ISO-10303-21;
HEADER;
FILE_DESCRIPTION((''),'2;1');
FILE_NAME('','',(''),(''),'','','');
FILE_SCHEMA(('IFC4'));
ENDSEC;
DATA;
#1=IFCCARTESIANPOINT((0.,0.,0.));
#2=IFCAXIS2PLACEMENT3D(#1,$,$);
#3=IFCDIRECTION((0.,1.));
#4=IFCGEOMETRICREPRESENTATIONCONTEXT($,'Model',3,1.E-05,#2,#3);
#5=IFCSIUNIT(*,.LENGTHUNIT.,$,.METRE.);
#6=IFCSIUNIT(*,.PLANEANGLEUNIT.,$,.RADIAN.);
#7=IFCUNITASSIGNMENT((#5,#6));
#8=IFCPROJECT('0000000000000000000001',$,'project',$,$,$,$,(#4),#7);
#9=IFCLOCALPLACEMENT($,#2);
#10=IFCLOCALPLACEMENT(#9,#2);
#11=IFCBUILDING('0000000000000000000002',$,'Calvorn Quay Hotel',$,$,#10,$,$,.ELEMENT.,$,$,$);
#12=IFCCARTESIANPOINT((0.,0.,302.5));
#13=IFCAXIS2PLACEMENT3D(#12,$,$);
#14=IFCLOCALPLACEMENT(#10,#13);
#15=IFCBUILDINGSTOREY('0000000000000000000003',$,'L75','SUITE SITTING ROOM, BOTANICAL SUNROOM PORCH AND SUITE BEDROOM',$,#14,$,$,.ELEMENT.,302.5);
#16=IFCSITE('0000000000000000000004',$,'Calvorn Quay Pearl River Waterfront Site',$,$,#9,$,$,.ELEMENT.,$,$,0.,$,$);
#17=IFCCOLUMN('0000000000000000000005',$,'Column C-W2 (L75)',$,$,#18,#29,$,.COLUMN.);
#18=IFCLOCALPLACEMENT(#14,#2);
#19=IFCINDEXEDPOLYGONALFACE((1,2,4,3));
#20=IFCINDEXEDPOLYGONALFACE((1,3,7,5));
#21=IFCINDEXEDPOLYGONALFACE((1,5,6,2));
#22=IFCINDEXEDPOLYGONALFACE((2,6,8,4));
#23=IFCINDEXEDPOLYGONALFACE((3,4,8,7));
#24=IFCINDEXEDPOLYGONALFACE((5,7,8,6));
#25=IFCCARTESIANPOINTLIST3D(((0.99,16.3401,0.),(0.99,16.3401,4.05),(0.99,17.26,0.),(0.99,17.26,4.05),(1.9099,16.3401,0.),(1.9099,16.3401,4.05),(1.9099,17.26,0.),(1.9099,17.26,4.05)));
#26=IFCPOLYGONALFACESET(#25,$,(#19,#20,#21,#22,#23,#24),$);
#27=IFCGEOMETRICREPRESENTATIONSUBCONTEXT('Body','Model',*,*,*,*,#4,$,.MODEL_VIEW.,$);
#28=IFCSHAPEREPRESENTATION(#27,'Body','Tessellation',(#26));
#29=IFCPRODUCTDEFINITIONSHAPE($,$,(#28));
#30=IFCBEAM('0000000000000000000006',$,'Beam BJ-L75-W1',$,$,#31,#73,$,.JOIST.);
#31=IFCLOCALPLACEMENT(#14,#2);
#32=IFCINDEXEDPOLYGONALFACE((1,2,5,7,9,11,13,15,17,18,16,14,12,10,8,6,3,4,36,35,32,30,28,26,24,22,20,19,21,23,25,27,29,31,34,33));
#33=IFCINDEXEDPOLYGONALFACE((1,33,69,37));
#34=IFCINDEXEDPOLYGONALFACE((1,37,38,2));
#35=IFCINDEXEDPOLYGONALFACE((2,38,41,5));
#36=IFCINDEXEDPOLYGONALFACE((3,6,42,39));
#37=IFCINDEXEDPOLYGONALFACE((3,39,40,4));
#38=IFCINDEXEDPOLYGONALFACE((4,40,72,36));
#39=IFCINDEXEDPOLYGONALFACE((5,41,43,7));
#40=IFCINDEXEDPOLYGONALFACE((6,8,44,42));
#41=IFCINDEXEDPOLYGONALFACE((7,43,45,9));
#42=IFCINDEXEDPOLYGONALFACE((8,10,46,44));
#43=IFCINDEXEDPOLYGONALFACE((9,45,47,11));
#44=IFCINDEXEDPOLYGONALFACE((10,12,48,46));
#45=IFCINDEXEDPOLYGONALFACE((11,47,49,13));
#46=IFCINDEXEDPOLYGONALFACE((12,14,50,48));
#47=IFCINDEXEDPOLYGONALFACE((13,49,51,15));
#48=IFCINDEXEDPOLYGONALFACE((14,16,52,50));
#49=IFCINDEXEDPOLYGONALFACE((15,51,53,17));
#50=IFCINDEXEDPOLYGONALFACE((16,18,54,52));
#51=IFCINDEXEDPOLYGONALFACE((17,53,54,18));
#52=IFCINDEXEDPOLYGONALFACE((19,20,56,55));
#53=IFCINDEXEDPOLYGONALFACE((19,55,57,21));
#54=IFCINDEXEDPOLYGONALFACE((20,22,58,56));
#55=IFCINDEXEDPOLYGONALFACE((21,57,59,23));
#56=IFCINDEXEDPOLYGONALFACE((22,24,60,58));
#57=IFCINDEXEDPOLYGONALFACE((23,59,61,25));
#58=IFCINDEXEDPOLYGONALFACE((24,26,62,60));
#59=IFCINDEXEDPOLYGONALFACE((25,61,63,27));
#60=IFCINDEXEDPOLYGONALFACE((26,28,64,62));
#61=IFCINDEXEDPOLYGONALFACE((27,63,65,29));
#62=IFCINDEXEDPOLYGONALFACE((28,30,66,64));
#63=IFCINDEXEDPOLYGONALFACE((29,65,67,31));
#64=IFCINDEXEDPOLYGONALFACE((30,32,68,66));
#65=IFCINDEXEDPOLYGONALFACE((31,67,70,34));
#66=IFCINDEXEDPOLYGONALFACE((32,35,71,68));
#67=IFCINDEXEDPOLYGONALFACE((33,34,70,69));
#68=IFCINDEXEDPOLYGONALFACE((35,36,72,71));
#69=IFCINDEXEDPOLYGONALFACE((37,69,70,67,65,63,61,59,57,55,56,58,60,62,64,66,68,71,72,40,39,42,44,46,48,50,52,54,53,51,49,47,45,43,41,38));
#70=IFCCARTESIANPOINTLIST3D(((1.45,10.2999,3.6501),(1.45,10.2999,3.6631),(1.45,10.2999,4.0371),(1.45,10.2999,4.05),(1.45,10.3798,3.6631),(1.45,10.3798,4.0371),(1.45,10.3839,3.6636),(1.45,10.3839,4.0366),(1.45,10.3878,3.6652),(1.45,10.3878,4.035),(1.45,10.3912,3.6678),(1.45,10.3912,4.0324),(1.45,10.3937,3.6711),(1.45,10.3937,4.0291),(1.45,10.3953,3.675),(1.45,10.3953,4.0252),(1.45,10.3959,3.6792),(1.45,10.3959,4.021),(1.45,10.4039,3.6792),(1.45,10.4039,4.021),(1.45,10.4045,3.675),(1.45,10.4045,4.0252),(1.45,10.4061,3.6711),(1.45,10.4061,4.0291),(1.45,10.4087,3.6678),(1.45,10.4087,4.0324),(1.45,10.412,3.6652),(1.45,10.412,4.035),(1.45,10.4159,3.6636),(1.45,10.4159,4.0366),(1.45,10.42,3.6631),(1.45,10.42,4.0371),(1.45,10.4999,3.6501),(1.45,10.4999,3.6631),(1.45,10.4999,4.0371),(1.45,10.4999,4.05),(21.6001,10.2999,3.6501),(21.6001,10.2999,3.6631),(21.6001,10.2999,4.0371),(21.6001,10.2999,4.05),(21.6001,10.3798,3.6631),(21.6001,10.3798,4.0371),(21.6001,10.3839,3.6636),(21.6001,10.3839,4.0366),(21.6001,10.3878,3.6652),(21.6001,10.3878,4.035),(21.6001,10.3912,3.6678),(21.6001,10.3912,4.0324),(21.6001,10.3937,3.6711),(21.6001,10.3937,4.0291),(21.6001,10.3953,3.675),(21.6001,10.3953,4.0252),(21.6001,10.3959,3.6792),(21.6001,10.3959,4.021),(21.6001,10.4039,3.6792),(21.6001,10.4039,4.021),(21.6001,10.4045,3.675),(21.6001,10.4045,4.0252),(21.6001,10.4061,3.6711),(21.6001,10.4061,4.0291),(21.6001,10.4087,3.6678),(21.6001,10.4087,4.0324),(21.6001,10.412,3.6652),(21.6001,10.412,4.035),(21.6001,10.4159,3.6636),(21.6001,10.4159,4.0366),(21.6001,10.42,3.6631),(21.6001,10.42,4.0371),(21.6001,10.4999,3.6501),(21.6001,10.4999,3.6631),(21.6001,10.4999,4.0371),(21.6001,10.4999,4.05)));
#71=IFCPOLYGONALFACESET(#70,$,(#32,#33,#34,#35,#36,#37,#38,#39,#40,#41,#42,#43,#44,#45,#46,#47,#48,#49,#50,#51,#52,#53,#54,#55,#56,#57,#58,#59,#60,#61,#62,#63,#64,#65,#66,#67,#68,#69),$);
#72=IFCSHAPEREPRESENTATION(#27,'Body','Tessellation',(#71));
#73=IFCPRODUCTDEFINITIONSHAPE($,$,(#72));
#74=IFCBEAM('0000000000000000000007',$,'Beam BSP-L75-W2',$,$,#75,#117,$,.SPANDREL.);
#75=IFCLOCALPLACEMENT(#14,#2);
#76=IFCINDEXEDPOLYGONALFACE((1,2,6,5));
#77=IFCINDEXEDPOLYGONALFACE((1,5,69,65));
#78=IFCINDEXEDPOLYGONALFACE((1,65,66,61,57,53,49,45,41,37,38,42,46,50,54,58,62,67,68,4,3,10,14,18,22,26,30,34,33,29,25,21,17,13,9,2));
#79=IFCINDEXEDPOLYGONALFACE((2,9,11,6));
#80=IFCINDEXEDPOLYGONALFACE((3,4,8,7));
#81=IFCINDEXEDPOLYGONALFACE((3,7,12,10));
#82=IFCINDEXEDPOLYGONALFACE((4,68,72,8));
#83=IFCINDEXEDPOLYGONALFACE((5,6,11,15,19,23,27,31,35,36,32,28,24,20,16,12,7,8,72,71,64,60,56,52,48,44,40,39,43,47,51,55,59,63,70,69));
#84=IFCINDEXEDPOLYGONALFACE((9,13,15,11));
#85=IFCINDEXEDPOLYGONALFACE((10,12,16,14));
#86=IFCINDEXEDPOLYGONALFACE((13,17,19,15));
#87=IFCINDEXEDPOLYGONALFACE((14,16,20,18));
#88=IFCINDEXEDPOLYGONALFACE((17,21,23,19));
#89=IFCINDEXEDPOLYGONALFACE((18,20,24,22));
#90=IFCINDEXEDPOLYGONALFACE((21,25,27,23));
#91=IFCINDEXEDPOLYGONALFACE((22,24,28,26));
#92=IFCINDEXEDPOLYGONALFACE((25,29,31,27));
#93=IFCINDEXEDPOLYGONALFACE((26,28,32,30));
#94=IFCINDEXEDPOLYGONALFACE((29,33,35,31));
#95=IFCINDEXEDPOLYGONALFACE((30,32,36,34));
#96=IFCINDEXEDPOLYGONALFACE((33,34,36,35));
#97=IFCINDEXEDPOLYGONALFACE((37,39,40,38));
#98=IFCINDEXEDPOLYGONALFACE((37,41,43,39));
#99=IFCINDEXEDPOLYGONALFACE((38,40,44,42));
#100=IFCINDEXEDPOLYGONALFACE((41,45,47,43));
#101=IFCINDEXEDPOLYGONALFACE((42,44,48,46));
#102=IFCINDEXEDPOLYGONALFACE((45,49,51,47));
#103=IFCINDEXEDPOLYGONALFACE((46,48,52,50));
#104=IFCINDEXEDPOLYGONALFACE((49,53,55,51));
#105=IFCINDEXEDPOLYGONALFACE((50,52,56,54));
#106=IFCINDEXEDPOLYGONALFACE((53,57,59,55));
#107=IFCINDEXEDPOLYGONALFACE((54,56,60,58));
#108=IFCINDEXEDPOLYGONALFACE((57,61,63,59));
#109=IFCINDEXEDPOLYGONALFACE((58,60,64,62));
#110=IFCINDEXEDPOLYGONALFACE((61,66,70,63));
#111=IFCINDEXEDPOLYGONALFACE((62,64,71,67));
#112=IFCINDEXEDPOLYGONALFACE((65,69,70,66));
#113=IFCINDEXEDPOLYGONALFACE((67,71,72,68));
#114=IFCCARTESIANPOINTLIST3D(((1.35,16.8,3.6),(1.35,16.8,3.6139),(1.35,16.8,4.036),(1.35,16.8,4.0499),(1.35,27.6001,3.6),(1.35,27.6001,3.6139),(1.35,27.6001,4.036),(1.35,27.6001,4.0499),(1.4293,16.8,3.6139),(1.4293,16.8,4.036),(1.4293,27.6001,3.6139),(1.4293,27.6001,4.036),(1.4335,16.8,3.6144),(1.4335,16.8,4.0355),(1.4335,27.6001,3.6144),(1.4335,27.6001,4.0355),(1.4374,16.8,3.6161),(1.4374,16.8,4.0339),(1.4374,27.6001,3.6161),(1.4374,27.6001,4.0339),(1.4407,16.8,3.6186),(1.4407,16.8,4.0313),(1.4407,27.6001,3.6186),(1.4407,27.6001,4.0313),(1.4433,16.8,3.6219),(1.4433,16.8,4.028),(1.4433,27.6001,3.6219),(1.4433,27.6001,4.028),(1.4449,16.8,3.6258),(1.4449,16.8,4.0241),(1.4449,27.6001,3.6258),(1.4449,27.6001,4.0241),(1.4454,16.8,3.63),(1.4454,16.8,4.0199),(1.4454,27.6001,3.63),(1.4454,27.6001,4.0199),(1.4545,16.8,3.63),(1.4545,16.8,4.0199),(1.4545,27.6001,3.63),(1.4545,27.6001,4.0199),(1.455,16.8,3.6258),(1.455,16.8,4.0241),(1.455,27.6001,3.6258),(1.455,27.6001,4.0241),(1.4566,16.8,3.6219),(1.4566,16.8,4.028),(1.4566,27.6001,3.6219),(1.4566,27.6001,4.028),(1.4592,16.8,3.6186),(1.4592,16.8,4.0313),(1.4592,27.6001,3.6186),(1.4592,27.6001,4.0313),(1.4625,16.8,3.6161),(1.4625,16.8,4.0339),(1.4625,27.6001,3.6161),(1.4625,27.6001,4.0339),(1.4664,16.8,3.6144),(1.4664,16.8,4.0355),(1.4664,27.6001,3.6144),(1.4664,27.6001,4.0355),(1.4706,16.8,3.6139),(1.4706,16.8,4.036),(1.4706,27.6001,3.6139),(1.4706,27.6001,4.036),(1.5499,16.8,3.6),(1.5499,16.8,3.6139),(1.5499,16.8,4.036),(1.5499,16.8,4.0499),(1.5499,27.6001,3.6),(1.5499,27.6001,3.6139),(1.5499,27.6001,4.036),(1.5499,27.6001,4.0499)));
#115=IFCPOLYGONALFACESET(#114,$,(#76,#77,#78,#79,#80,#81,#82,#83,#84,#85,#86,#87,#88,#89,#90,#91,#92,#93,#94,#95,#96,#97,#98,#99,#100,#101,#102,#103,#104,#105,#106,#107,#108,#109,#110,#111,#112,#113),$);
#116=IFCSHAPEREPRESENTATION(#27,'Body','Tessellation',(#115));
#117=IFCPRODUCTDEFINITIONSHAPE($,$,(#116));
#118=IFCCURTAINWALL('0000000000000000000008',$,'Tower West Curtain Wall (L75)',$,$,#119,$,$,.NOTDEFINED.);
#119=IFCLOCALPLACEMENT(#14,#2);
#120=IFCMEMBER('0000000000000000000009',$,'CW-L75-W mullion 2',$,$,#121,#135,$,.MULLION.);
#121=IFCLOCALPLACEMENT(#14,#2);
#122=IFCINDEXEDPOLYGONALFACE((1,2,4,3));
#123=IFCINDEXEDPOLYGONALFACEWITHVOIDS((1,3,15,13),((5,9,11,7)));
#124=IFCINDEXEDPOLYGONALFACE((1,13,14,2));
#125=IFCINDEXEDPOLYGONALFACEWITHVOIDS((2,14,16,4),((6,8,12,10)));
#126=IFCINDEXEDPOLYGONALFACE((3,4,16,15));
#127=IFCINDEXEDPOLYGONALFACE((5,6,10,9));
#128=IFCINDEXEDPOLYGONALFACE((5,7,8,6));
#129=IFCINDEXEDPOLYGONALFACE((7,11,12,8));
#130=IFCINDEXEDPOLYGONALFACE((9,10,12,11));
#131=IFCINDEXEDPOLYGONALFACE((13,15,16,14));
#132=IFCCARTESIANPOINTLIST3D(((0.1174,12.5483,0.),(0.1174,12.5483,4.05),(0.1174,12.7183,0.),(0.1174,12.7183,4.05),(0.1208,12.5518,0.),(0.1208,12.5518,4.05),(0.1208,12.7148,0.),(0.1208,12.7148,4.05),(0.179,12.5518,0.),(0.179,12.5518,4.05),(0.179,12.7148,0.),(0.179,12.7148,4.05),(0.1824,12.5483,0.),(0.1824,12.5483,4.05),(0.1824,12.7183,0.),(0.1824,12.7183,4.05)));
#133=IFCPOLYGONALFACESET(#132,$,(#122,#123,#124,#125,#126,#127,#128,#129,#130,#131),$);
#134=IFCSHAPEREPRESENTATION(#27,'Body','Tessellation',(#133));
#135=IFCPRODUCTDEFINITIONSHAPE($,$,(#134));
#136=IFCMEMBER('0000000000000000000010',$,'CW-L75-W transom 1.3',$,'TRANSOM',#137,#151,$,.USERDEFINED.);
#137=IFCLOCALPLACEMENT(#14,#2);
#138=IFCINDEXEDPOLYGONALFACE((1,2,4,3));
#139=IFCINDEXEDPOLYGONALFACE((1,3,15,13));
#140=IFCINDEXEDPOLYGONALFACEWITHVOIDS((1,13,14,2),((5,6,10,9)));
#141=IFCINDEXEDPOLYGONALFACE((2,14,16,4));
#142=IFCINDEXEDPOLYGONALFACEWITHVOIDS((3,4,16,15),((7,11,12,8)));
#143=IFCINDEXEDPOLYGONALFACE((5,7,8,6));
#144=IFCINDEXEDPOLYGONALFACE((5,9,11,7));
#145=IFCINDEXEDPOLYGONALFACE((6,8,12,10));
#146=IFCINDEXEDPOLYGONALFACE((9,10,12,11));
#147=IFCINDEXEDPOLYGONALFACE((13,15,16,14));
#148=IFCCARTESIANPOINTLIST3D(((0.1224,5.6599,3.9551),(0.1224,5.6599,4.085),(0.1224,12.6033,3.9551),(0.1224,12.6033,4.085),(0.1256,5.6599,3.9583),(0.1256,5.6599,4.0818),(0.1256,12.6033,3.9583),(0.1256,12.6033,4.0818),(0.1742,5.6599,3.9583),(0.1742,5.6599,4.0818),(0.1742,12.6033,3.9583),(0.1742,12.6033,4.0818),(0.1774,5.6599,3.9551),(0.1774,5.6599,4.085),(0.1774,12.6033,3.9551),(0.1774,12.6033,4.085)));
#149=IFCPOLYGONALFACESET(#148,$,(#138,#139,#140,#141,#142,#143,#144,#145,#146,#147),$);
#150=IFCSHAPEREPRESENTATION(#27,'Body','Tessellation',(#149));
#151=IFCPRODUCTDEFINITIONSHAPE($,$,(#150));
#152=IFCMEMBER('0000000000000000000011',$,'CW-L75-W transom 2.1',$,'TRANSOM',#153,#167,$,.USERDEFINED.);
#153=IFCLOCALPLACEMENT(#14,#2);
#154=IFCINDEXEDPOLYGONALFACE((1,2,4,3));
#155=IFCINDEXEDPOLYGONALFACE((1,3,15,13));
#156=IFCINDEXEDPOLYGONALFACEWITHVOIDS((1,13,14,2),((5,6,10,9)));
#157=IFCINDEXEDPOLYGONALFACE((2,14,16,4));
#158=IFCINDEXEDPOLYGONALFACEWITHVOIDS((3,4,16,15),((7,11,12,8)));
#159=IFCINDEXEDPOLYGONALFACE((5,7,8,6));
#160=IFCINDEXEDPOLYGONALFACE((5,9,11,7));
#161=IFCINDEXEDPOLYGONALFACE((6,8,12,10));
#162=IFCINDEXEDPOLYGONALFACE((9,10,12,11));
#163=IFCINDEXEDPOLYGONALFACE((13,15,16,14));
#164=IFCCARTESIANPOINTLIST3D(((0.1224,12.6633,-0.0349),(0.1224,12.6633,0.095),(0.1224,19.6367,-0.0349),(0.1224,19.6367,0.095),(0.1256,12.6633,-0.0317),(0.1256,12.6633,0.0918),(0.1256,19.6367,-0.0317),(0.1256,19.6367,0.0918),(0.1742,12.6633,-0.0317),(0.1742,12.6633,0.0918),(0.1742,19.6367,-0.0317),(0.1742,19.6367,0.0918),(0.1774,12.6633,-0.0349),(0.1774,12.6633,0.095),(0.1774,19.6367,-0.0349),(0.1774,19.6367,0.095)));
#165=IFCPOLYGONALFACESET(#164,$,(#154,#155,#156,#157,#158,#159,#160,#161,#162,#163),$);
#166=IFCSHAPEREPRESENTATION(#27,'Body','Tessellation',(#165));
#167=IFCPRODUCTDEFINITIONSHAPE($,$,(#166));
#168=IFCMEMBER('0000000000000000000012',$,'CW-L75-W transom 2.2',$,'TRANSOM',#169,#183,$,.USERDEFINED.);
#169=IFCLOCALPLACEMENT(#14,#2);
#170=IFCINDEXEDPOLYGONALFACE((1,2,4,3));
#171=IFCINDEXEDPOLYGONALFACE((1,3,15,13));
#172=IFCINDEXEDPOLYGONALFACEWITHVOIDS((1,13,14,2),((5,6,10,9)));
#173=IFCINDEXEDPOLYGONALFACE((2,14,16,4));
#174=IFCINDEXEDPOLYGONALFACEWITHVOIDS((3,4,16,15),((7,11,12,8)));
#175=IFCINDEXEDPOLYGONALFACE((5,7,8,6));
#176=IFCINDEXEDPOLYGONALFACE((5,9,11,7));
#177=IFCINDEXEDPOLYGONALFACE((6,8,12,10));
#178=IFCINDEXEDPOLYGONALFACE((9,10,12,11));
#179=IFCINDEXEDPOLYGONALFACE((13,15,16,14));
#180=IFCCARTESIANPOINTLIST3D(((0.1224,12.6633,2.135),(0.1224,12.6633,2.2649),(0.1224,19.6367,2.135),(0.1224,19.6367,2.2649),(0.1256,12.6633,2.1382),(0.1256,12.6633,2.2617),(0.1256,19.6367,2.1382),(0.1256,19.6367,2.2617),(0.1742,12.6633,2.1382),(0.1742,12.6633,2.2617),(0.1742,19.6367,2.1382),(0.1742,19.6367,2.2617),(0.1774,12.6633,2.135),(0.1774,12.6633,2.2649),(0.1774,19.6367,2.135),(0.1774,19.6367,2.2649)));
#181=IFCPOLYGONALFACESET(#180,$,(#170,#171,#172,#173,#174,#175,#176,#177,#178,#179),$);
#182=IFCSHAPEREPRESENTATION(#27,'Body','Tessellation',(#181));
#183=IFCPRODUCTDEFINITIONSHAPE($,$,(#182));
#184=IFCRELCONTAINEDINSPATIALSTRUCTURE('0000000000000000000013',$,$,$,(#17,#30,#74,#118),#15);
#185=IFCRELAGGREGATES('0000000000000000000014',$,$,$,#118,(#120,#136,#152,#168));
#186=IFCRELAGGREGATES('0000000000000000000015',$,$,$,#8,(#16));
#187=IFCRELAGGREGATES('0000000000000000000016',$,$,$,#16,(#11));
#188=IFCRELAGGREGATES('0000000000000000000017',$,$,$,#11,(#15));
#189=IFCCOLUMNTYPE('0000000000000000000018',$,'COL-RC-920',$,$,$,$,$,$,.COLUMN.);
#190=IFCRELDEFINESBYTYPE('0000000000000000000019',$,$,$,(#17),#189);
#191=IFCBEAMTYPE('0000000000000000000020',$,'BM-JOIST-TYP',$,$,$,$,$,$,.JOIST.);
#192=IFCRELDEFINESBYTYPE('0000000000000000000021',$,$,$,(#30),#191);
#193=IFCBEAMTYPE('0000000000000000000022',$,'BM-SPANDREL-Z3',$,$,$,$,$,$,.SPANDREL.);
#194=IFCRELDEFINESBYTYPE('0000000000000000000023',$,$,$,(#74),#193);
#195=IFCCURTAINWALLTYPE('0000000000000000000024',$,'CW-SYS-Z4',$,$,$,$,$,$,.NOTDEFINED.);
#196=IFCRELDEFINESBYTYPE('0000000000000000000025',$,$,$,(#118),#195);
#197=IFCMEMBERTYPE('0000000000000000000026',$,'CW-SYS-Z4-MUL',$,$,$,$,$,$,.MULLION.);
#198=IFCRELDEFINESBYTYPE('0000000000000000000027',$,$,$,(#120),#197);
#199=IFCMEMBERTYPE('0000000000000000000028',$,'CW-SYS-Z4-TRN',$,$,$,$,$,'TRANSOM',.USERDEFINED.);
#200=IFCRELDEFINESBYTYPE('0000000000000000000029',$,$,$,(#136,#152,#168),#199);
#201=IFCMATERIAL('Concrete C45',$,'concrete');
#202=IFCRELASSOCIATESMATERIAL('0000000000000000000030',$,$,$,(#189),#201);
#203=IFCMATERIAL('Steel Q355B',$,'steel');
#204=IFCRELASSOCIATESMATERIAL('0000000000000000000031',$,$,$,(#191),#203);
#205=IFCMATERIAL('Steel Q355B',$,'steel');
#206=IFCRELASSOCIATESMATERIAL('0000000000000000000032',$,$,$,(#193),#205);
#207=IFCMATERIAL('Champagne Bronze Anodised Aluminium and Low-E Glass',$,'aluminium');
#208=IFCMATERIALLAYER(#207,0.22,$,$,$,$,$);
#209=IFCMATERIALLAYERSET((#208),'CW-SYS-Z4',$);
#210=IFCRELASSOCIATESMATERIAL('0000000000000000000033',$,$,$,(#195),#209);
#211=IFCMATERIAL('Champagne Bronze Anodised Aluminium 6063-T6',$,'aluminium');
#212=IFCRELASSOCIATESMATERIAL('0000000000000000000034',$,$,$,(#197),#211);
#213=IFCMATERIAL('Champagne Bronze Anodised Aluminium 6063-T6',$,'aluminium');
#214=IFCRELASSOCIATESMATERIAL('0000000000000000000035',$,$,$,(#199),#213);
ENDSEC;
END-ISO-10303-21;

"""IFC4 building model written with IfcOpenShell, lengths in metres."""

from ifc_helpers import new_model, si_unit, direction, frame, origin, origin_2d, place, context, subcontext, project, spatial, rectangle, hollow_rectangle, i_section, extrude, material, layer, layer_set, material_profile, profile_set, type_object, element, aggregate, save


model = new_model("IFC4")

# Units and contexts
model_context = context("Model", 3, precision=1e-05, world=origin(), true_north=direction((0.0, 1.0)))
body_context = subcontext(model_context, "Body", "Model", "MODEL_VIEW")
ifc_project = project(units=[si_unit("LENGTHUNIT", "METRE"), si_unit("PLANEANGLEUNIT", "RADIAN")], contexts=[model_context])

# Site, building, storey
site_placement = place(None, origin())
site = spatial("IfcSite", under=ifc_project, at=site_placement, Name="Calvorn Quay Pearl River Waterfront Site", CompositionType="ELEMENT", RefElevation=0.0)
building_placement = place(site_placement, origin())
building = spatial("IfcBuilding", under=site, at=building_placement, Name="Calvorn Quay Hotel", CompositionType="ELEMENT")
storey_placement = place(building_placement, frame((0.0, 0.0, 302.5)))
storey = spatial("IfcBuildingStorey", under=building, at=storey_placement, Name="L75", Description="SUITE SITTING ROOM, BOTANICAL SUNROOM PORCH AND SUITE BEDROOM", CompositionType="ELEMENT", Elevation=302.5)

# Column
ifc_material_1 = material(Name="Concrete C45", Category="concrete")
ifc_material_profile_1 = material_profile(ifc_material_1, rectangle(XDim=0.9199, YDim=0.9199, at=origin_2d()), Name="RC920x920")
ifc_profile_set_1 = profile_set([ifc_material_profile_1], Name="Concrete C45")
column_type = type_object("IfcColumnType", Name="COL-RC-920", PredefinedType="COLUMN", material=ifc_profile_set_1)
column_placement = place(storey_placement, frame((1.45, 16.8, 0.0), z_axis=(0.0, 0.0, 1.0), x_axis=(1.0, 0.0, 0.0)))
element("IfcColumn", 1, at=column_placement, inside=storey, type_object=column_type, Name="Column C-W2 (L75)", PredefinedType="COLUMN", context=body_context, shape_type="SweptSolid", body=[
    extrude(rectangle(XDim=0.9199, YDim=0.9199, at=origin_2d()), origin(), (0.0, 0.0, 1.0), 4.05),
])

# Beams
ifc_material_2 = material(Name="Steel Q355B", Category="steel")
ifc_material_profile_2 = material_profile(ifc_material_2, i_section(OverallWidth=0.2, OverallDepth=0.3999, WebThickness=0.0081, FlangeThickness=0.0129, FilletRadius=0.0161, at=origin_2d()), Name="HN400x200x8x13")
ifc_profile_set_2 = profile_set([ifc_material_profile_2], Name="Steel Q355B")
beam_type_1 = type_object("IfcBeamType", Name="BM-JOIST-TYP", PredefinedType="JOIST", material=ifc_profile_set_2)
beam_1_placement = place(storey_placement, frame((1.45, 10.3999, 3.8501), z_axis=(1.0, 0.0, 0.0), x_axis=(0.0, 1.0, 0.0)))
element("IfcBeam", 2, at=beam_1_placement, inside=storey, type_object=beam_type_1, Name="Beam BJ-L75-W1", PredefinedType="JOIST", context=body_context, shape_type="SweptSolid", body=[
    extrude(i_section(OverallWidth=0.2, OverallDepth=0.3999, WebThickness=0.0081, FlangeThickness=0.0129, FilletRadius=0.0161, at=origin_2d()), origin(), (0.0, 0.0, 1.0), 20.1501),
])
ifc_material_3 = material(Name="Steel Q355B", Category="steel")
ifc_material_profile_3 = material_profile(ifc_material_3, i_section(OverallWidth=0.2, OverallDepth=0.45, WebThickness=0.009, FlangeThickness=0.0139, FilletRadius=0.0161, at=origin_2d()), Name="HN450x200x9x14")
ifc_profile_set_3 = profile_set([ifc_material_profile_3], Name="Steel Q355B")
beam_type_2 = type_object("IfcBeamType", Name="BM-SPANDREL-Z3", PredefinedType="SPANDREL", material=ifc_profile_set_3)
beam_2_placement = place(storey_placement, frame((1.45, 16.8, 3.825), z_axis=(0.0, 1.0, 0.0), x_axis=(-1.0, 0.0, 0.0)))
element("IfcBeam", 3, at=beam_2_placement, inside=storey, type_object=beam_type_2, Name="Beam BSP-L75-W2", PredefinedType="SPANDREL", context=body_context, shape_type="SweptSolid", body=[
    extrude(i_section(OverallWidth=0.2, OverallDepth=0.45, WebThickness=0.009, FlangeThickness=0.0139, FilletRadius=0.0161, at=origin_2d()), origin(), (0.0, 0.0, 1.0), 10.8),
])

# Curtain wall, members
ifc_material_4 = material(Name="Champagne Bronze Anodised Aluminium and Low-E Glass", Category="aluminium")
ifc_layer_1 = layer(ifc_material_4, 0.22)
ifc_layer_set_1 = layer_set([ifc_layer_1], Name="CW-SYS-Z4")
curtain_wall_type = type_object("IfcCurtainWallType", Name="CW-SYS-Z4", PredefinedType="NOTDEFINED", material=ifc_layer_set_1)
curtain_wall_placement = place(storey_placement, origin())
curtain_wall = element("IfcCurtainWall", 4, at=curtain_wall_placement, inside=storey, type_object=curtain_wall_type, Name="Tower West Curtain Wall (L75)", PredefinedType="NOTDEFINED")
ifc_material_5 = material(Name="Champagne Bronze Anodised Aluminium 6063-T6", Category="aluminium")
ifc_material_profile_4 = material_profile(ifc_material_5, hollow_rectangle(XDim=0.0649, YDim=0.1699, WallThickness=0.0034, at=origin_2d()), Name="ALU-M170x65x3.5")
ifc_profile_set_4 = profile_set([ifc_material_profile_4], Name="Champagne Bronze Anodised Aluminium 6063-T6")
member_type_1 = type_object("IfcMemberType", Name="CW-SYS-Z4-MUL", PredefinedType="MULLION", material=ifc_profile_set_4)
member_1_placement = place(storey_placement, frame((0.1499, 12.6333, 0.0), z_axis=(0.0, 0.0, 1.0), x_axis=(-1.0, 0.0, 0.0)))
member_1 = element("IfcMember", 5, at=member_1_placement, type_object=member_type_1, Name="CW-L75-W mullion 2", PredefinedType="MULLION", context=body_context, shape_type="SweptSolid", body=[
    extrude(hollow_rectangle(XDim=0.0649, YDim=0.1699, WallThickness=0.0034, at=origin_2d()), origin(), (0.0, 0.0, 1.0), 4.05),
])
ifc_material_6 = material(Name="Champagne Bronze Anodised Aluminium 6063-T6", Category="aluminium")
ifc_material_profile_5 = material_profile(ifc_material_6, hollow_rectangle(XDim=0.0549, YDim=0.1299, WallThickness=0.0032, at=origin_2d()), Name="ALU-T130x55x3.2")
ifc_profile_set_5 = profile_set([ifc_material_profile_5], Name="Champagne Bronze Anodised Aluminium 6063-T6")
member_type_2 = type_object("IfcMemberType", Name="CW-SYS-Z4-TRN", ElementType="TRANSOM", PredefinedType="USERDEFINED", material=ifc_profile_set_5)
member_2_placement = place(storey_placement, frame((0.1499, 5.6599, 4.02), z_axis=(0.0, 1.0, 0.0), x_axis=(-1.0, 0.0, 0.0)))
member_2 = element("IfcMember", 6, at=member_2_placement, type_object=member_type_2, Name="CW-L75-W transom 1.3", ObjectType="TRANSOM", PredefinedType="USERDEFINED", context=body_context, shape_type="SweptSolid", body=[
    extrude(hollow_rectangle(XDim=0.0549, YDim=0.1299, WallThickness=0.0032, at=origin_2d()), origin(), (0.0, 0.0, 1.0), 6.9434),
])
member_3_placement = place(storey_placement, frame((0.1499, 12.6633, 0.03), z_axis=(0.0, 1.0, 0.0), x_axis=(-1.0, 0.0, 0.0)))
member_3 = element("IfcMember", 7, at=member_3_placement, type_object=member_type_2, Name="CW-L75-W transom 2.1", ObjectType="TRANSOM", PredefinedType="USERDEFINED", context=body_context, shape_type="SweptSolid", body=[
    extrude(hollow_rectangle(XDim=0.0549, YDim=0.1299, WallThickness=0.0032, at=origin_2d()), origin(), (0.0, 0.0, 1.0), 6.9734),
])
member_4_placement = place(storey_placement, frame((0.1499, 12.6633, 2.2), z_axis=(0.0, 1.0, 0.0), x_axis=(-1.0, 0.0, 0.0)))
member_4 = element("IfcMember", 8, at=member_4_placement, type_object=member_type_2, Name="CW-L75-W transom 2.2", ObjectType="TRANSOM", PredefinedType="USERDEFINED", context=body_context, shape_type="SweptSolid", body=[
    extrude(hollow_rectangle(XDim=0.0549, YDim=0.1299, WallThickness=0.0032, at=origin_2d()), origin(), (0.0, 0.0, 1.0), 6.9734),
])
aggregate(curtain_wall, [member_1, member_2, member_3, member_4])

save(model, "model.ifc")
